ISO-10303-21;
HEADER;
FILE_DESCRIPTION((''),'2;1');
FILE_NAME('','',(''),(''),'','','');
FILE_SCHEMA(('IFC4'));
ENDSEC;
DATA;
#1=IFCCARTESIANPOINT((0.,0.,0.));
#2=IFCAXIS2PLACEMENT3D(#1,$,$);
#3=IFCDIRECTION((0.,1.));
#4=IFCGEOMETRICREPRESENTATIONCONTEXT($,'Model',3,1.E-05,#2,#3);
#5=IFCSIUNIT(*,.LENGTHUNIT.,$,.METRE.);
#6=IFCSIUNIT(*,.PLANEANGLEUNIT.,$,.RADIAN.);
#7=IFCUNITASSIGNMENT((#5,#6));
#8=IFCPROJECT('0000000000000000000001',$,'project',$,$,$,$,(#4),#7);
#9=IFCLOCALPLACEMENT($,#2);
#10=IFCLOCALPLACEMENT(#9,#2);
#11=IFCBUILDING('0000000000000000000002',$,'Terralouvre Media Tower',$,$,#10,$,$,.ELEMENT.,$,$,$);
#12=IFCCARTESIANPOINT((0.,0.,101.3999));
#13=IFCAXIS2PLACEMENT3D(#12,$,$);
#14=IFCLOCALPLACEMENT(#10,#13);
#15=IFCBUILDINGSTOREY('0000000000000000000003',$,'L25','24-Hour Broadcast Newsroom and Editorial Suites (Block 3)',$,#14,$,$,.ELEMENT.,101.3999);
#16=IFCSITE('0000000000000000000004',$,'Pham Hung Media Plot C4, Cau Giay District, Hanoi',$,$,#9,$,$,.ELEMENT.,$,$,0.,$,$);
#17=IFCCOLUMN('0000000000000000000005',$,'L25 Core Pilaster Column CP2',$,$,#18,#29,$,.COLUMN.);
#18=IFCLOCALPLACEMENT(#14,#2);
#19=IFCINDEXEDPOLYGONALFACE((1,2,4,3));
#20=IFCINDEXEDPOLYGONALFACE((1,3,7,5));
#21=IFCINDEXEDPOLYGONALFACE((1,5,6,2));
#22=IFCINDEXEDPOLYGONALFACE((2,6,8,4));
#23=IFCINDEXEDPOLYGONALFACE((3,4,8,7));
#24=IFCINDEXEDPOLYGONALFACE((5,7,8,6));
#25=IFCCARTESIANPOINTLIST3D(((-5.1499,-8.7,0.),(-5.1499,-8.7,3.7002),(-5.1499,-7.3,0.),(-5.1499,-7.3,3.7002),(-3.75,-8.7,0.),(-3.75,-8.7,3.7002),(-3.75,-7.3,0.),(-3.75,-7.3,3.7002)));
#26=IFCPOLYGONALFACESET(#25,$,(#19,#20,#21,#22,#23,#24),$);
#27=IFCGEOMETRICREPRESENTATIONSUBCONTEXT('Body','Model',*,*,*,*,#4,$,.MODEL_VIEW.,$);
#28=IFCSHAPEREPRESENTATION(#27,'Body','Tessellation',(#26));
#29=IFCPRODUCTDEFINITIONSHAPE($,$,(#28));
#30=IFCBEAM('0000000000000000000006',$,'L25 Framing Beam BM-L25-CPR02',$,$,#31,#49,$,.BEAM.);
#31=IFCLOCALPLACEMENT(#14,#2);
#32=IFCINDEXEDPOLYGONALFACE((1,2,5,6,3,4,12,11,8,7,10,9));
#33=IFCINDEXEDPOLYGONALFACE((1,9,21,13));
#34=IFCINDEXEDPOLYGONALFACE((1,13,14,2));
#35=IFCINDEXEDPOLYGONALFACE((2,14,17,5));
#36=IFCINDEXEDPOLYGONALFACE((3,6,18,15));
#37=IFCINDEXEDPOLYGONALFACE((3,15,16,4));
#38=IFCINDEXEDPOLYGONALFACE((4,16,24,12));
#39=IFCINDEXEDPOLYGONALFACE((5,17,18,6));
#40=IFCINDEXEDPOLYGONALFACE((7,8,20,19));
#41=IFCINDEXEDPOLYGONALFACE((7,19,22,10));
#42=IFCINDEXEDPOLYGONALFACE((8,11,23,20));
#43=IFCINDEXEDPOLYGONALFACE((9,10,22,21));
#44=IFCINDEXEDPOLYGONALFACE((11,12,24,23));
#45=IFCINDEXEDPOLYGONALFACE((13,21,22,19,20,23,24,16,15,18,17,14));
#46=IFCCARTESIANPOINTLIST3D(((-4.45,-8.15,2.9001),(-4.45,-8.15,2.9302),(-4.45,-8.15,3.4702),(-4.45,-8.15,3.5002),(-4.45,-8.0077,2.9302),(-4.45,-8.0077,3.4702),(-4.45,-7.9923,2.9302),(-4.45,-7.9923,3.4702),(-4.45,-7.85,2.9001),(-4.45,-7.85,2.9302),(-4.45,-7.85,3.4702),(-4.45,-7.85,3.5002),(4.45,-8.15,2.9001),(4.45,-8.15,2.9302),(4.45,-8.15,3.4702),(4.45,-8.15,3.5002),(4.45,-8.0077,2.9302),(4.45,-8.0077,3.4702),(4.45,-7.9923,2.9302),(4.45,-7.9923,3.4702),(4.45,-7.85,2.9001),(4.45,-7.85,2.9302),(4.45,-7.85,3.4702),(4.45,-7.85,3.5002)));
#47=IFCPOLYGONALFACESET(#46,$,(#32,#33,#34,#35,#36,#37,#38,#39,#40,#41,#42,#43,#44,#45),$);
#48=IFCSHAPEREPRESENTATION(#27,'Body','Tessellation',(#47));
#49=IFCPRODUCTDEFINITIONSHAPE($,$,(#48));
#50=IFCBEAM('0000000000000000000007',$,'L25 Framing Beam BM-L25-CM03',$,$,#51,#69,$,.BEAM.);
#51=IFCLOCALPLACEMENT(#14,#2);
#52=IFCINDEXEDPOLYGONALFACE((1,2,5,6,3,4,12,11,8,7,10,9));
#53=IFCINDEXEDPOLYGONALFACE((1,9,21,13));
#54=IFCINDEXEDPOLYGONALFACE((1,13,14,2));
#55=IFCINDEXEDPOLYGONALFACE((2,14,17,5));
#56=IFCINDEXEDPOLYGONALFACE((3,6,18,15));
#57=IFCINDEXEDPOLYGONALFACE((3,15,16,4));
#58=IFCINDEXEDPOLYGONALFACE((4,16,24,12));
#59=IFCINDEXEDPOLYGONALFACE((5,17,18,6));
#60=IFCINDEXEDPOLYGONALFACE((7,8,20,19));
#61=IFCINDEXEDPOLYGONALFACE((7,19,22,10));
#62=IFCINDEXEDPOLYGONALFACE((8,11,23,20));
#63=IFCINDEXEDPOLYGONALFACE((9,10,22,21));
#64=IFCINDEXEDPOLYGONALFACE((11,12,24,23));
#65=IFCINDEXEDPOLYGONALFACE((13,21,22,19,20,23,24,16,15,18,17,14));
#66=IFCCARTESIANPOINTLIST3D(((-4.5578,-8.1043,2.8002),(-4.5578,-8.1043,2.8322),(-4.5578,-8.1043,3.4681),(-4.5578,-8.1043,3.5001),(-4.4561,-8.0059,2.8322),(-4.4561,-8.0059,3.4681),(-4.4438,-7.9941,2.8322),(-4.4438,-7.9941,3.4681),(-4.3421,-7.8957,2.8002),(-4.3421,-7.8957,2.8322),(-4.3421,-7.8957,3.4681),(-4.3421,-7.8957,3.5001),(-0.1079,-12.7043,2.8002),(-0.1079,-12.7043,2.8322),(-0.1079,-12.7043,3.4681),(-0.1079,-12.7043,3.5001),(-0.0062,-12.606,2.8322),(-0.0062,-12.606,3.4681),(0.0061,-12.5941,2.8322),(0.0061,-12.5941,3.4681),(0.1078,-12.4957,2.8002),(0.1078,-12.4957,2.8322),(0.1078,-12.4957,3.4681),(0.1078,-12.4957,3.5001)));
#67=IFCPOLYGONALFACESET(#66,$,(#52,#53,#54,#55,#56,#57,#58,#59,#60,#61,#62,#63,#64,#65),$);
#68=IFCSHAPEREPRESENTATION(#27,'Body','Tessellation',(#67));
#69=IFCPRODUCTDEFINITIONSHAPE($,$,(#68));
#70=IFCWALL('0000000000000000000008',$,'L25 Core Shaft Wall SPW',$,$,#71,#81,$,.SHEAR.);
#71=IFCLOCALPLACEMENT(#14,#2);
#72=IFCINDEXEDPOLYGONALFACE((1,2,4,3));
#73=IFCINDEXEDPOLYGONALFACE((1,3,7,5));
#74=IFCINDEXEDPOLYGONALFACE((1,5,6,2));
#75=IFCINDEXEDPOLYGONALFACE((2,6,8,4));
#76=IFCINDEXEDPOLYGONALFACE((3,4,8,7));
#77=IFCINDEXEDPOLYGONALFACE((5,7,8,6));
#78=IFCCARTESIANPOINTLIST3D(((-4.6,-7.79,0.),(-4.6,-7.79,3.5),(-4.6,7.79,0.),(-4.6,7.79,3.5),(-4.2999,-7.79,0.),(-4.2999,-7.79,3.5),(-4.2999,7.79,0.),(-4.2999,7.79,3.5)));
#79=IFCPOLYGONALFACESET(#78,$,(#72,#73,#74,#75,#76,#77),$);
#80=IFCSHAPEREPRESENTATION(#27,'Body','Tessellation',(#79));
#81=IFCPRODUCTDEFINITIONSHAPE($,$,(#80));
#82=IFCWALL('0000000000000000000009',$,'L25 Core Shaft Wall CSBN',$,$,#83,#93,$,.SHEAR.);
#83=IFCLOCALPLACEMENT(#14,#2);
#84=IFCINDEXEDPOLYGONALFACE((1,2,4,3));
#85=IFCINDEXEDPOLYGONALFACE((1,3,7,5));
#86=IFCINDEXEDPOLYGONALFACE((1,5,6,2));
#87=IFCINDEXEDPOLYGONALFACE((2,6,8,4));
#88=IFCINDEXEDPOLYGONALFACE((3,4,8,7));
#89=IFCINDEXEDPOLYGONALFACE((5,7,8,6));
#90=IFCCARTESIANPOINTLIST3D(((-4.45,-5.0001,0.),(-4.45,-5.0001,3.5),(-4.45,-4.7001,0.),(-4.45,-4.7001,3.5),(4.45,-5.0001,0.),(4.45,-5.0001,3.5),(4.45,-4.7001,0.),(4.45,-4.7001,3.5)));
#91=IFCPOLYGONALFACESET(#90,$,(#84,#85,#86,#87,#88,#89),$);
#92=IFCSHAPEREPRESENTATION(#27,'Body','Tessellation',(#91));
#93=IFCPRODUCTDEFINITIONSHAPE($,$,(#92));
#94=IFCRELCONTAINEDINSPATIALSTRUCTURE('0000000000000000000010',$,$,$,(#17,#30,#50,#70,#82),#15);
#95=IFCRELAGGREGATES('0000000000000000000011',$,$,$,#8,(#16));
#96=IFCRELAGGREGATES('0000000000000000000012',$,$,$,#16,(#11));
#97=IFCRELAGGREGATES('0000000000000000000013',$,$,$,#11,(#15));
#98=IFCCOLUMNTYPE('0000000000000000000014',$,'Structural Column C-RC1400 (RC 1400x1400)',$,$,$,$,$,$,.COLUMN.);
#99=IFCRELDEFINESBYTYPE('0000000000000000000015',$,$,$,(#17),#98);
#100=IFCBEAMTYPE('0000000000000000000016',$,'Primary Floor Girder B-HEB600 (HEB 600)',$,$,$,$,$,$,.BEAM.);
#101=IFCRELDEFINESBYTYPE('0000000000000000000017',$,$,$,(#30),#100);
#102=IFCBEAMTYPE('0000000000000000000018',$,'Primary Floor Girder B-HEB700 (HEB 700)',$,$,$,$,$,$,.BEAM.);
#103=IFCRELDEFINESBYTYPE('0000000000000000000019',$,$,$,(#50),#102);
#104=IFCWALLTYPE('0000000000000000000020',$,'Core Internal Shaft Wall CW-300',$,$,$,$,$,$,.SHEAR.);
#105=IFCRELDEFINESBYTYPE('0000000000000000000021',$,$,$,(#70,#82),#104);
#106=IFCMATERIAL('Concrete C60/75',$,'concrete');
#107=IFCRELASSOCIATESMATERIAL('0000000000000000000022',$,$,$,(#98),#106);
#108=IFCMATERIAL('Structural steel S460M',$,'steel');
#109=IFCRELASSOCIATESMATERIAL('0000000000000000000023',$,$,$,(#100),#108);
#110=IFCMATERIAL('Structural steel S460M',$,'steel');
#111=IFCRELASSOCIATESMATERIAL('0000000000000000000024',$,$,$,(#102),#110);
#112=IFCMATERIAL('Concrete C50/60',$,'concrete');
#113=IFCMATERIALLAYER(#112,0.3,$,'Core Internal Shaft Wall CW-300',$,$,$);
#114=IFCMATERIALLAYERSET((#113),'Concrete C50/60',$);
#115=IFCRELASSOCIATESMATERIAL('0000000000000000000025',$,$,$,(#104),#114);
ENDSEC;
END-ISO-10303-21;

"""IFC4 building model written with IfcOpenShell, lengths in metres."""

from ifc_helpers import new_model, si_unit, direction, frame, frame_2d, origin, origin_2d, place, context, subcontext, project, spatial, rectangle, i_section, extrude, material, layer, layer_set, material_profile, profile_set, type_object, element, save


model = new_model("IFC4")

# Units and contexts
model_context = context("Model", 3, precision=1e-05, world=origin(), true_north=direction((0.0, 1.0)))
body_context = subcontext(model_context, "Body", "Model", "MODEL_VIEW")
ifc_project = project(units=[si_unit("LENGTHUNIT", "METRE"), si_unit("PLANEANGLEUNIT", "RADIAN")], contexts=[model_context])

# Site, building, storey
site_placement = place(None, origin())
site = spatial("IfcSite", under=ifc_project, at=site_placement, Name="Pham Hung Media Plot C4, Cau Giay District, Hanoi", CompositionType="ELEMENT", RefElevation=0.0)
building_placement = place(site_placement, origin())
building = spatial("IfcBuilding", under=site, at=building_placement, Name="Terralouvre Media Tower", CompositionType="ELEMENT")
storey_placement = place(building_placement, frame((0.0, 0.0, 101.3999)))
storey = spatial("IfcBuildingStorey", under=building, at=storey_placement, Name="L25", Description="24-Hour Broadcast Newsroom and Editorial Suites (Block 3)", CompositionType="ELEMENT", Elevation=101.3999)

# Column
ifc_material_1 = material(Name="Concrete C60/75", Category="concrete")
ifc_material_profile_1 = material_profile(ifc_material_1, rectangle(XDim=1.3999, YDim=1.3999, at=origin_2d()), Name="RC 1400x1400")
ifc_profile_set_1 = profile_set([ifc_material_profile_1], Name="Concrete C60/75")
column_type = type_object("IfcColumnType", Name="Structural Column C-RC1400 (RC 1400x1400)", PredefinedType="COLUMN", material=ifc_profile_set_1)
column_placement = place(storey_placement, frame((-4.45, -8.0, 0.0), z_axis=(0.0, 0.0, 1.0), x_axis=(1.0, 0.0, 0.0)))
element("IfcColumn", 1, at=column_placement, inside=storey, type_object=column_type, Name="L25 Core Pilaster Column CP2", PredefinedType="COLUMN", context=body_context, shape_type="SweptSolid", body=[
    extrude(rectangle(XDim=1.3999, YDim=1.3999, at=origin_2d()), origin(), (0.0, 0.0, 1.0), 3.7002),
])

# Beams
ifc_material_2 = material(Name="Structural steel S460M", Category="steel")
ifc_material_profile_2 = material_profile(ifc_material_2, i_section(OverallWidth=0.3, OverallDepth=0.6001, WebThickness=0.0154, FlangeThickness=0.03, at=origin_2d()), Name="HEB 600")
ifc_profile_set_2 = profile_set([ifc_material_profile_2], Name="Structural steel S460M")
beam_type_1 = type_object("IfcBeamType", Name="Primary Floor Girder B-HEB600 (HEB 600)", PredefinedType="BEAM", material=ifc_profile_set_2)
beam_1_placement = place(storey_placement, frame((-4.45, -8.0, 3.2002), z_axis=(1.0, 0.0, 0.0), x_axis=(0.0, 1.0, 0.0)))
element("IfcBeam", 2, at=beam_1_placement, inside=storey, type_object=beam_type_1, Name="L25 Framing Beam BM-L25-CPR02", PredefinedType="BEAM", context=body_context, shape_type="SweptSolid", body=[
    extrude(i_section(OverallWidth=0.3, OverallDepth=0.6001, WebThickness=0.0154, FlangeThickness=0.03, at=origin_2d()), origin(), (0.0, 0.0, 1.0), 8.8999),
])
ifc_material_3 = material(Name="Structural steel S460M", Category="steel")
ifc_material_profile_3 = material_profile(ifc_material_3, i_section(OverallWidth=0.3, OverallDepth=0.7, WebThickness=0.0171, FlangeThickness=0.032, at=origin_2d()), Name="HEB 700")
ifc_profile_set_3 = profile_set([ifc_material_profile_3], Name="Structural steel S460M")
beam_type_2 = type_object("IfcBeamType", Name="Primary Floor Girder B-HEB700 (HEB 700)", PredefinedType="BEAM", material=ifc_profile_set_3)
beam_2_placement = place(storey_placement, frame((-4.45, -8.0, 3.1501), z_axis=(0.69528, -0.718739, 0.0), x_axis=(0.718739, 0.69528, 0.0)))
element("IfcBeam", 3, at=beam_2_placement, inside=storey, type_object=beam_type_2, Name="L25 Framing Beam BM-L25-CM03", PredefinedType="BEAM", context=body_context, shape_type="SweptSolid", body=[
    extrude(i_section(OverallWidth=0.3, OverallDepth=0.7, WebThickness=0.0171, FlangeThickness=0.032, at=origin_2d()), origin(), (0.0, 0.0, 1.0), 6.4001),
])

# Walls
ifc_material_4 = material(Name="Concrete C50/60", Category="concrete")
ifc_layer_1 = layer(ifc_material_4, 0.3, Name="Core Internal Shaft Wall CW-300")
ifc_layer_set_1 = layer_set([ifc_layer_1], Name="Concrete C50/60")
wall_type_1 = type_object("IfcWallType", Name="Core Internal Shaft Wall CW-300", PredefinedType="SHEAR", material=ifc_layer_set_1)
wall_1_placement = place(storey_placement, frame((-4.45, -7.79, 0.0), z_axis=(0.0, 0.0, 1.0), x_axis=(0.0, 1.0, 0.0)))
element("IfcWall", 4, at=wall_1_placement, inside=storey, type_object=wall_type_1, Name="L25 Core Shaft Wall SPW", PredefinedType="SHEAR", context=body_context, shape_type="SweptSolid", body=[
    extrude(rectangle(XDim=15.5801, YDim=0.3, at=frame_2d((7.79, 0.0))), origin(), (0.0, 0.0, 1.0), 3.5),
])
wall_2_placement = place(storey_placement, frame((-4.45, -4.8501, 0.0), z_axis=(0.0, 0.0, 1.0), x_axis=(1.0, 0.0, 0.0)))
element("IfcWall", 5, at=wall_2_placement, inside=storey, type_object=wall_type_1, Name="L25 Core Shaft Wall CSBN", PredefinedType="SHEAR", context=body_context, shape_type="SweptSolid", body=[
    extrude(rectangle(XDim=8.8999, YDim=0.3, at=frame_2d((4.45, 0.0))), origin(), (0.0, 0.0, 1.0), 3.5),
])

save(model, "model.ifc")
